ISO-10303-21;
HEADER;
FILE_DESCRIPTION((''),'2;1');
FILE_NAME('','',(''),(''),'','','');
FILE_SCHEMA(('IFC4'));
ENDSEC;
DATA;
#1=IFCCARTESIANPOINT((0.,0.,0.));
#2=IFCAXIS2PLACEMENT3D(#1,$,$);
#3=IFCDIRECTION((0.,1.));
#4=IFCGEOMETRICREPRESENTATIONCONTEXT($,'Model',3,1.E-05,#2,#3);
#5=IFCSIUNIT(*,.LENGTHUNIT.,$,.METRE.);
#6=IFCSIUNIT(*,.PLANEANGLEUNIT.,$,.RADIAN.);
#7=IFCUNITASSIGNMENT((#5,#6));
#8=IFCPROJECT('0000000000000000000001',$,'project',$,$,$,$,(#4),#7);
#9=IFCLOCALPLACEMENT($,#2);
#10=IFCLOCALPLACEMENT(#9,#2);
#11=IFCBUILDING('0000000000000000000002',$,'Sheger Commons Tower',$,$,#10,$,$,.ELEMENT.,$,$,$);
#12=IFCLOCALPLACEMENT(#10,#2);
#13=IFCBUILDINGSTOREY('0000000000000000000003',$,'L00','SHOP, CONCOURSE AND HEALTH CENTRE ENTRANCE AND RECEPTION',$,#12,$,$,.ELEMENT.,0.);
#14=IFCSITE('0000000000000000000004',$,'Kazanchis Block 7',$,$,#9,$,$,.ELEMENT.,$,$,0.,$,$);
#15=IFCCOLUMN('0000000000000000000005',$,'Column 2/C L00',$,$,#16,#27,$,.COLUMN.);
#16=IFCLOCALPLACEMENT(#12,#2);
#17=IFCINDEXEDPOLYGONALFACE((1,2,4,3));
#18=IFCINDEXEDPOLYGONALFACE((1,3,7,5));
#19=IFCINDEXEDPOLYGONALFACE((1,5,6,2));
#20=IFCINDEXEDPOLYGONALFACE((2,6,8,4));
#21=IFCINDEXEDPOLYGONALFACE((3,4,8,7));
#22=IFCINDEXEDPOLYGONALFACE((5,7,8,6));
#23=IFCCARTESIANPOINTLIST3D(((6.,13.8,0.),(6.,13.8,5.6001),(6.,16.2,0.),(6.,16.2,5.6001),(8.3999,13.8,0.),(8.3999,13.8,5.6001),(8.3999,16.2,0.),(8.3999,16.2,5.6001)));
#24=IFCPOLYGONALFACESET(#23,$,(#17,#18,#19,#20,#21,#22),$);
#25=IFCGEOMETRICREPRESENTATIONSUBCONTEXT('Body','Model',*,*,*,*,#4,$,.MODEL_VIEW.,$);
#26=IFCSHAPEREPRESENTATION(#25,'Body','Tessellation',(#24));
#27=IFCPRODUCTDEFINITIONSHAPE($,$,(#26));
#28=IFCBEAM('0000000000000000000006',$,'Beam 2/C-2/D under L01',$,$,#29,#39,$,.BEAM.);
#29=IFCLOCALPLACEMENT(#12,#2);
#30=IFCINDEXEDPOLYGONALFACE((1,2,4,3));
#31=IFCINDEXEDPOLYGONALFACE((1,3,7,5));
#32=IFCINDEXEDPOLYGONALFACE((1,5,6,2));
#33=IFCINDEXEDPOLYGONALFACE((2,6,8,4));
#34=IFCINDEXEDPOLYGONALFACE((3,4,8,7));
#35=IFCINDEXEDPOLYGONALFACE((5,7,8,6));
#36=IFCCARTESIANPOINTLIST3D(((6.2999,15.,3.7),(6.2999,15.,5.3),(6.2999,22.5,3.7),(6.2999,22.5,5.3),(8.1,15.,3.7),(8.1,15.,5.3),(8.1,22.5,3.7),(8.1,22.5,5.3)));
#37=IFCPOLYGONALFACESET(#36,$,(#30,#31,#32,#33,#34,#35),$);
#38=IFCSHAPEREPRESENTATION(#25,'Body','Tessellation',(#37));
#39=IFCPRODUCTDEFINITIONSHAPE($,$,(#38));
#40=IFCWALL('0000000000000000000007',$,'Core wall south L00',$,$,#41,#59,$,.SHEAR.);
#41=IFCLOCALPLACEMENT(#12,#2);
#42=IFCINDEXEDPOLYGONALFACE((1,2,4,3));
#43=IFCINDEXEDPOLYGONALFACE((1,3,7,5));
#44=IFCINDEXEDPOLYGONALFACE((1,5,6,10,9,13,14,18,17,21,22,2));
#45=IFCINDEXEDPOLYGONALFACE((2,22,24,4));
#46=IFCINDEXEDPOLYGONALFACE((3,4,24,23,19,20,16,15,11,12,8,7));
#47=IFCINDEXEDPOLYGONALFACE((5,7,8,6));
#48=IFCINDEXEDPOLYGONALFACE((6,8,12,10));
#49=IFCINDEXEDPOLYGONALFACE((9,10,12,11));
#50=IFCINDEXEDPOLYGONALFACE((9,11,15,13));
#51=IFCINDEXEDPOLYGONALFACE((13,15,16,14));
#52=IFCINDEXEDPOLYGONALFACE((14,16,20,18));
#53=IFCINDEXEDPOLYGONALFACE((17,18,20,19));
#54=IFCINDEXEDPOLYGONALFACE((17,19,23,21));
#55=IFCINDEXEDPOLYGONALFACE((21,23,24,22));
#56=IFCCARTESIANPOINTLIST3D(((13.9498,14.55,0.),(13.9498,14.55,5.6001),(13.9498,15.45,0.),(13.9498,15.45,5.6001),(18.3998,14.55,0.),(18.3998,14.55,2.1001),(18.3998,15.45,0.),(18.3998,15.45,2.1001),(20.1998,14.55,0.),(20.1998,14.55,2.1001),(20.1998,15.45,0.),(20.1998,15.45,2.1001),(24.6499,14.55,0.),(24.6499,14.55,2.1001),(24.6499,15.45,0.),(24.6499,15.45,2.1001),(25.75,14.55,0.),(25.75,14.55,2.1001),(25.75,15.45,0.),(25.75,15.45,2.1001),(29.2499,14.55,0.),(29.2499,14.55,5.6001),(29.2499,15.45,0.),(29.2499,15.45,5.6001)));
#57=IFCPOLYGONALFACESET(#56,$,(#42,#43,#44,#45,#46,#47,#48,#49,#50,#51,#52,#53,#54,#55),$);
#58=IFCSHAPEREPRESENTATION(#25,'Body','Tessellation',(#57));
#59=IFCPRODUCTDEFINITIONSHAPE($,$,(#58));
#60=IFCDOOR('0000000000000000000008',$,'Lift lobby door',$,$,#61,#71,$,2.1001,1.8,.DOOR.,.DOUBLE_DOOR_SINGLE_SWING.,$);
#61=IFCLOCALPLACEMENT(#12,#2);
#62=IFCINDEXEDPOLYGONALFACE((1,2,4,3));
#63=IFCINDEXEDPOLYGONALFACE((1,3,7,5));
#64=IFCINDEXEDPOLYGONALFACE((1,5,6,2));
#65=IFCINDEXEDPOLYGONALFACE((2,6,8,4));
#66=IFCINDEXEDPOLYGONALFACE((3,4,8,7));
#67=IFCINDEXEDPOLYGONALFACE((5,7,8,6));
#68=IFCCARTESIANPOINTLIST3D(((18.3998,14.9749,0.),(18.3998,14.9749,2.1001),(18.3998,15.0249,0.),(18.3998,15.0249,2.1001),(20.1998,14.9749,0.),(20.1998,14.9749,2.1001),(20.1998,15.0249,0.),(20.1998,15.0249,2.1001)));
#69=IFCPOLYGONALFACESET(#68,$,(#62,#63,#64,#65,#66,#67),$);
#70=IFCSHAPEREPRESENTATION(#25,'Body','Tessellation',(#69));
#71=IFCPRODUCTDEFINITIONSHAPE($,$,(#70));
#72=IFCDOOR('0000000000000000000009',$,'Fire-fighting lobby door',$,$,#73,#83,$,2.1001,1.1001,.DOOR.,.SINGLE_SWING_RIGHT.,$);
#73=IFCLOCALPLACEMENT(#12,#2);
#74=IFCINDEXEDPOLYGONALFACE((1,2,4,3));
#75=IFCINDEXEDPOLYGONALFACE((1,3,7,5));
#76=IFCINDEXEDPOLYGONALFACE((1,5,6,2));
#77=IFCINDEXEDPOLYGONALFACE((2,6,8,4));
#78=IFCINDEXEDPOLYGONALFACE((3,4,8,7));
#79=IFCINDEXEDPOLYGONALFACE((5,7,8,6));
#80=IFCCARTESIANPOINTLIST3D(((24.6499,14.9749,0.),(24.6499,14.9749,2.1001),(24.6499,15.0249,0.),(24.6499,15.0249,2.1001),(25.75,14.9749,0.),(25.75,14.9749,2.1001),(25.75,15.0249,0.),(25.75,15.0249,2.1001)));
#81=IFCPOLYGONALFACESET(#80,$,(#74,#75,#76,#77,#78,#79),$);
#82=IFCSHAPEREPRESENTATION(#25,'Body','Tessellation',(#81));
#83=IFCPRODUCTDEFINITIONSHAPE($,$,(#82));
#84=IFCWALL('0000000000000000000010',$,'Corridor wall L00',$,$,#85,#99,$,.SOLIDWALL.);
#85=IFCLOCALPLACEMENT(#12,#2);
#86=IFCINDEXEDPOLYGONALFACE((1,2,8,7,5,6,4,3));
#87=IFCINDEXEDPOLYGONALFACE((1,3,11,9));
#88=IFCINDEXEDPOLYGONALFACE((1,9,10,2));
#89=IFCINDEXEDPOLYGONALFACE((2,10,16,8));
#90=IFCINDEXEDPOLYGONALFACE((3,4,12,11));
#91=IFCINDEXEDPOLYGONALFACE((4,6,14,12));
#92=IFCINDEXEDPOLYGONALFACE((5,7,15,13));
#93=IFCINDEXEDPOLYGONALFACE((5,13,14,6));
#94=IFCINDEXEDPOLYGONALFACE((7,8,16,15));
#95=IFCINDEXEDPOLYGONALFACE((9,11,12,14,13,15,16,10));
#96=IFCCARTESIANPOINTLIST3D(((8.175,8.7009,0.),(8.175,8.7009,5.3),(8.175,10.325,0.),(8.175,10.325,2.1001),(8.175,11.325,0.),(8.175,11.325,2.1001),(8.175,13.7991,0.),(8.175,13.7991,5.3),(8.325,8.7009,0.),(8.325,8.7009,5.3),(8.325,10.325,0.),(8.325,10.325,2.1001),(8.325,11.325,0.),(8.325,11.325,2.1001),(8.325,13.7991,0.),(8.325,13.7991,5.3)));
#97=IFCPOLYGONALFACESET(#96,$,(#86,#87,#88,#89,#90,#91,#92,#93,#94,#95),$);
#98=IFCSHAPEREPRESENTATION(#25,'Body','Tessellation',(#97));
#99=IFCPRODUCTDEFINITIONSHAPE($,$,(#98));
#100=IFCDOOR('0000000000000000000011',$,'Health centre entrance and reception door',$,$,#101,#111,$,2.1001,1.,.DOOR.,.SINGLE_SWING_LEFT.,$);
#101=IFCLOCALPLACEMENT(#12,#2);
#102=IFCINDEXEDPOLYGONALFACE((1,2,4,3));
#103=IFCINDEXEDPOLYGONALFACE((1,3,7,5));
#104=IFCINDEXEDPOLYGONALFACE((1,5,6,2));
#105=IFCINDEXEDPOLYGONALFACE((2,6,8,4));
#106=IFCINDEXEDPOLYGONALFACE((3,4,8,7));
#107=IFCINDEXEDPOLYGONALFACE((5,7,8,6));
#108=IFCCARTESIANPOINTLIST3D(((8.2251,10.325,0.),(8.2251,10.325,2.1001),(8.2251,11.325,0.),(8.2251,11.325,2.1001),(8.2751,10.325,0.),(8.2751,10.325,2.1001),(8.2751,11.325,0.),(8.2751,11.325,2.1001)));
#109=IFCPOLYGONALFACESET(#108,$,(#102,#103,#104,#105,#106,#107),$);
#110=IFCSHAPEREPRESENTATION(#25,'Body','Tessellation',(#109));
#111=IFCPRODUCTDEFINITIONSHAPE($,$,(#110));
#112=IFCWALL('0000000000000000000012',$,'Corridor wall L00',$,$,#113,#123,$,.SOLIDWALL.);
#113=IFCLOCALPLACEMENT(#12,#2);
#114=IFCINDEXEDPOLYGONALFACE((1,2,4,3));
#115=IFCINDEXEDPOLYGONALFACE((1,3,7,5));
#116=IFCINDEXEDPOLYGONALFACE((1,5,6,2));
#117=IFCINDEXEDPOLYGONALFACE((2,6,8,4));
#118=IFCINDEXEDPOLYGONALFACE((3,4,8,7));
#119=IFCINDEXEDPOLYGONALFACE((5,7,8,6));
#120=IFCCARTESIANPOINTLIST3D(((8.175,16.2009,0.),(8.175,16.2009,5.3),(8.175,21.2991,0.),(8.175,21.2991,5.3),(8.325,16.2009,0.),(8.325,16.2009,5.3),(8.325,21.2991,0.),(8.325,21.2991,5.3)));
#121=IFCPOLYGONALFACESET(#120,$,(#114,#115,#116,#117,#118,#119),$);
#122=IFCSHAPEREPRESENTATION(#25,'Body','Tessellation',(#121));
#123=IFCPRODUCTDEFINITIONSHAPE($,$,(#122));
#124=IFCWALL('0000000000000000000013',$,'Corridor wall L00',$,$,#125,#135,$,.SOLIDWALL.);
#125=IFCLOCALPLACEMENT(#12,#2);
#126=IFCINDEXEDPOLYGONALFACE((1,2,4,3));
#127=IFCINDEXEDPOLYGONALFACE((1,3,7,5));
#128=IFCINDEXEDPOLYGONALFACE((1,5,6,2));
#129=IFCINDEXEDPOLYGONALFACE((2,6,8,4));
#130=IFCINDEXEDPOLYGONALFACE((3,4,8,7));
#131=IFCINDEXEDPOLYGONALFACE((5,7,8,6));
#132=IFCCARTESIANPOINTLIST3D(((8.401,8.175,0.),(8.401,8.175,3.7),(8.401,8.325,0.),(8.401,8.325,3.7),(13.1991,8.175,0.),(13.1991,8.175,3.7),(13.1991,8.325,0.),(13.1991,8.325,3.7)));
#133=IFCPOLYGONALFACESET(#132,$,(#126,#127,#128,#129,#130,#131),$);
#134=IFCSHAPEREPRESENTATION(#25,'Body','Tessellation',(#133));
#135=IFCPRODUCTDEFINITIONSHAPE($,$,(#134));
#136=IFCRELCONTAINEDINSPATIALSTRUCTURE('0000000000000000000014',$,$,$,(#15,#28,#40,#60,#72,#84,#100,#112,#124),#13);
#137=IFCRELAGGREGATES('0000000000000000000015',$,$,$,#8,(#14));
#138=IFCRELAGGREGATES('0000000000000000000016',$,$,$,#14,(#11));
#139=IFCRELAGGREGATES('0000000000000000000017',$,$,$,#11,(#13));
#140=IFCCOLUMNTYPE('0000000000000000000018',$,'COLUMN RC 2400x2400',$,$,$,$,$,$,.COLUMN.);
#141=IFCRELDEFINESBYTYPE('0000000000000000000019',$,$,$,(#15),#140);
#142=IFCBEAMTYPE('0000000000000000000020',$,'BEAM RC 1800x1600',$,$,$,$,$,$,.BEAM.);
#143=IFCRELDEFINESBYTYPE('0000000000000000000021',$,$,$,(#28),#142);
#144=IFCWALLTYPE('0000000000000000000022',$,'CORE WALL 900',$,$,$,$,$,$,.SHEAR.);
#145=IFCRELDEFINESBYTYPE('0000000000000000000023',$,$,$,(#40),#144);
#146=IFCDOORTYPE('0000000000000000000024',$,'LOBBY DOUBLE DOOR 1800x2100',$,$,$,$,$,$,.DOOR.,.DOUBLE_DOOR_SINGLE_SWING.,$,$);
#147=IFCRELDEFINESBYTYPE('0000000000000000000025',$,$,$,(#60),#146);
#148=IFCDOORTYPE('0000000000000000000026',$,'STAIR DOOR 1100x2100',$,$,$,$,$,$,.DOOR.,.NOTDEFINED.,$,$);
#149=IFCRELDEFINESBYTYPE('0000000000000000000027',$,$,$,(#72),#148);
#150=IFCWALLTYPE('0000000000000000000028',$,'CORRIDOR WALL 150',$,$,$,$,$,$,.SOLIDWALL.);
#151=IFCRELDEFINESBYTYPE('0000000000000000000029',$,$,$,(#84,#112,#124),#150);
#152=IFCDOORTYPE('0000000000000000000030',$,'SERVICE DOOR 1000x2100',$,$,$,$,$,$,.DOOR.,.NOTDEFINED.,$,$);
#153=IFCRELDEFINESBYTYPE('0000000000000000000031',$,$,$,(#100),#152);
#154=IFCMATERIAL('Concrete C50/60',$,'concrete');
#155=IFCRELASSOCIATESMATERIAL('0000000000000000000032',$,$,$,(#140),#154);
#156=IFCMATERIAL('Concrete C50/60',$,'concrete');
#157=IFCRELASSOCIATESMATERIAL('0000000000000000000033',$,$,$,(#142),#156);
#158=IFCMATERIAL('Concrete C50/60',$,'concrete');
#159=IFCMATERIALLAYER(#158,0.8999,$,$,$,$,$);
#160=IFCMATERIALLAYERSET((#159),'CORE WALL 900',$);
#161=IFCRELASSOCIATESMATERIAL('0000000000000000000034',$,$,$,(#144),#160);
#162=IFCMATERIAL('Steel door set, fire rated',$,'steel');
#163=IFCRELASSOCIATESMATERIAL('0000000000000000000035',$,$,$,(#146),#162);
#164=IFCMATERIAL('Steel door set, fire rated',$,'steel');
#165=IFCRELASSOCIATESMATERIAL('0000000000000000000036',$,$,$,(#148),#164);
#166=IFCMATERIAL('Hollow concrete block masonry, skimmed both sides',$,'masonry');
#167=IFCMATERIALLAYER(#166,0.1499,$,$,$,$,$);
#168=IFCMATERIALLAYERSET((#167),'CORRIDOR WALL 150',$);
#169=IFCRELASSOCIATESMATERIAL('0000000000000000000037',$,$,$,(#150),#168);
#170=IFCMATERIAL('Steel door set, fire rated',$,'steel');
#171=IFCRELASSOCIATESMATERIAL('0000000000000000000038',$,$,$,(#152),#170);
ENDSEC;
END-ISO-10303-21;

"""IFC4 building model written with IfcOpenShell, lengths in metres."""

from ifc_helpers import new_model, si_unit, direction, frame, frame_2d, origin, origin_2d, place, context, subcontext, project, spatial, rectangle, extrude, material, layer, layer_set, material_profile, profile_set, type_object, element, fill, save


model = new_model("IFC4")

# Units and contexts
model_context = context("Model", 3, precision=1e-05, world=origin(), true_north=direction((0.0, 1.0)))
body_context = subcontext(model_context, "Body", "Model", "MODEL_VIEW")
ifc_project = project(units=[si_unit("LENGTHUNIT", "METRE"), si_unit("PLANEANGLEUNIT", "RADIAN")], contexts=[model_context])

# Site, building, storey
site_placement = place(None, origin())
site = spatial("IfcSite", under=ifc_project, at=site_placement, Name="Kazanchis Block 7", CompositionType="ELEMENT", RefElevation=0.0)
building_placement = place(site_placement, origin())
building = spatial("IfcBuilding", under=site, at=building_placement, Name="Sheger Commons Tower", CompositionType="ELEMENT")
storey_placement = place(building_placement, origin())
storey = spatial("IfcBuildingStorey", under=building, at=storey_placement, Name="L00", Description="SHOP, CONCOURSE AND HEALTH CENTRE ENTRANCE AND RECEPTION", CompositionType="ELEMENT", Elevation=0.0)

# Column
ifc_material_1 = material(Name="Concrete C50/60", Category="concrete")
ifc_material_profile_1 = material_profile(ifc_material_1, rectangle(XDim=2.3999, YDim=2.3999, at=origin_2d()), Name="RC 2400x2400")
ifc_profile_set_1 = profile_set([ifc_material_profile_1], Name="Concrete C50/60")
column_type = type_object("IfcColumnType", Name="COLUMN RC 2400x2400", PredefinedType="COLUMN", material=ifc_profile_set_1)
column_placement = place(storey_placement, frame((7.2, 15.0, 0.0), z_axis=(0.0, 0.0, 1.0), x_axis=(1.0, 0.0, 0.0)))
element("IfcColumn", 1, at=column_placement, inside=storey, type_object=column_type, Name="Column 2/C L00", PredefinedType="COLUMN", context=body_context, shape_type="SweptSolid", body=[
    extrude(rectangle(XDim=2.3999, YDim=2.3999, at=origin_2d()), origin(), (0.0, 0.0, 1.0), 5.6001),
])

# Beam
ifc_material_2 = material(Name="Concrete C50/60", Category="concrete")
ifc_material_profile_2 = material_profile(ifc_material_2, rectangle(XDim=1.8, YDim=1.6001, at=origin_2d()), Name="RC 1800x1600")
ifc_profile_set_2 = profile_set([ifc_material_profile_2], Name="Concrete C50/60")
beam_type = type_object("IfcBeamType", Name="BEAM RC 1800x1600", PredefinedType="BEAM", material=ifc_profile_set_2)
beam_placement = place(storey_placement, frame((7.2, 15.0, 4.5), z_axis=(0.0, 1.0, 0.0), x_axis=(-1.0, 0.0, 0.0)))
element("IfcBeam", 2, at=beam_placement, inside=storey, type_object=beam_type, Name="Beam 2/C-2/D under L01", PredefinedType="BEAM", context=body_context, shape_type="SweptSolid", body=[
    extrude(rectangle(XDim=1.8, YDim=1.6001, at=origin_2d()), origin(), (0.0, 0.0, 1.0), 7.5),
])

# Wall, openings, doors
ifc_material_3 = material(Name="Concrete C50/60", Category="concrete")
ifc_layer_1 = layer(ifc_material_3, 0.8999)
ifc_layer_set_1 = layer_set([ifc_layer_1], Name="CORE WALL 900")
wall_type_1 = type_object("IfcWallType", Name="CORE WALL 900", PredefinedType="SHEAR", material=ifc_layer_set_1)
wall_1_placement = place(storey_placement, frame((13.95, 15.0, 0.0), z_axis=(0.0, 0.0, 1.0), x_axis=(1.0, 0.0, 0.0)))
wall_1 = element("IfcWall", 3, at=wall_1_placement, inside=storey, type_object=wall_type_1, Name="Core wall south L00", PredefinedType="SHEAR", context=body_context, shape_type="SweptSolid", body=[
    extrude(rectangle(XDim=15.3, YDim=0.8999, at=frame_2d((7.6499, 0.0))), origin(), (0.0, 0.0, 1.0), 5.6001),
])
opening_1_placement = place(wall_1_placement, frame((4.45, 0.0, 0.0)))
opening_1 = element("IfcOpeningElement", 4, at=opening_1_placement, cuts=wall_1, PredefinedType="OPENING", context=body_context, shape_type="SweptSolid", body=[
    extrude(rectangle(XDim=1.8, YDim=2.1001, at=frame_2d((0.8999, 1.05))), frame((0.0, 0.46, 0.0), z_axis=(0.0, -1.0, 0.0), x_axis=(1.0, 0.0, 0.0)), (0.0, 0.0, 1.0), 0.9199),
])
opening_2_placement = place(wall_1_placement, frame((10.7, 0.0, 0.0)))
opening_2 = element("IfcOpeningElement", 5, at=opening_2_placement, cuts=wall_1, PredefinedType="OPENING", context=body_context, shape_type="SweptSolid", body=[
    extrude(rectangle(XDim=1.1001, YDim=2.1001, at=frame_2d((0.55, 1.05))), frame((0.0, 0.46, 0.0), z_axis=(0.0, -1.0, 0.0), x_axis=(1.0, 0.0, 0.0)), (0.0, 0.0, 1.0), 0.9199),
])
ifc_material_4 = material(Name="Steel door set, fire rated", Category="steel")
door_type_1 = type_object("IfcDoorType", Name="LOBBY DOUBLE DOOR 1800x2100", OperationType="DOUBLE_DOOR_SINGLE_SWING", PredefinedType="DOOR", material=ifc_material_4)
door_1_placement = place(opening_1_placement, origin())
door_1 = element("IfcDoor", 6, at=door_1_placement, inside=storey, type_object=door_type_1, Name="Lift lobby door", OperationType="DOUBLE_DOOR_SINGLE_SWING", OverallHeight=2.1001, OverallWidth=1.8, PredefinedType="DOOR", context=body_context, shape_type="SweptSolid", body=[
    extrude(rectangle(XDim=1.8, YDim=2.1001, at=frame_2d((0.8999, 1.05))), frame((0.0, 0.0249, 0.0), z_axis=(0.0, -1.0, 0.0), x_axis=(1.0, 0.0, 0.0)), (0.0, 0.0, 1.0), 0.05),
])
fill(opening_1, door_1)
ifc_material_5 = material(Name="Steel door set, fire rated", Category="steel")
door_type_2 = type_object("IfcDoorType", Name="STAIR DOOR 1100x2100", OperationType="NOTDEFINED", PredefinedType="DOOR", material=ifc_material_5)
door_2_placement = place(opening_2_placement, origin())
door_2 = element("IfcDoor", 7, at=door_2_placement, inside=storey, type_object=door_type_2, Name="Fire-fighting lobby door", OperationType="SINGLE_SWING_RIGHT", OverallHeight=2.1001, OverallWidth=1.1001, PredefinedType="DOOR", context=body_context, shape_type="SweptSolid", body=[
    extrude(rectangle(XDim=1.1001, YDim=2.1001, at=frame_2d((0.55, 1.05))), frame((0.0, 0.0249, 0.0), z_axis=(0.0, -1.0, 0.0), x_axis=(1.0, 0.0, 0.0)), (0.0, 0.0, 1.0), 0.05),
])
fill(opening_2, door_2)

# Wall, opening, door
ifc_material_6 = material(Name="Hollow concrete block masonry, skimmed both sides", Category="masonry")
ifc_layer_2 = layer(ifc_material_6, 0.1499)
ifc_layer_set_2 = layer_set([ifc_layer_2], Name="CORRIDOR WALL 150")
wall_type_2 = type_object("IfcWallType", Name="CORRIDOR WALL 150", PredefinedType="SOLIDWALL", material=ifc_layer_set_2)
wall_2_placement = place(storey_placement, frame((8.25, 8.7009, 0.0), z_axis=(0.0, 0.0, 1.0), x_axis=(0.0, 1.0, 0.0)))
wall_2 = element("IfcWall", 8, at=wall_2_placement, inside=storey, type_object=wall_type_2, Name="Corridor wall L00", PredefinedType="SOLIDWALL", context=body_context, shape_type="SweptSolid", body=[
    extrude(rectangle(XDim=5.0981, YDim=0.1499, at=frame_2d((2.5491, 0.0))), origin(), (0.0, 0.0, 1.0), 5.3),
])
opening_3_placement = place(wall_2_placement, frame((1.624, 0.0, 0.0)))
opening_3 = element("IfcOpeningElement", 9, at=opening_3_placement, cuts=wall_2, PredefinedType="OPENING", context=body_context, shape_type="SweptSolid", body=[
    extrude(rectangle(XDim=1.0, YDim=2.1001, at=frame_2d((0.5, 1.05))), frame((0.0, 0.085, 0.0), z_axis=(0.0, -1.0, 0.0), x_axis=(1.0, 0.0, 0.0)), (0.0, 0.0, 1.0), 0.1699),
])
ifc_material_7 = material(Name="Steel door set, fire rated", Category="steel")
door_type_3 = type_object("IfcDoorType", Name="SERVICE DOOR 1000x2100", OperationType="NOTDEFINED", PredefinedType="DOOR", material=ifc_material_7)
door_3_placement = place(opening_3_placement, origin())
door_3 = element("IfcDoor", 10, at=door_3_placement, inside=storey, type_object=door_type_3, Name="Health centre entrance and reception door", OperationType="SINGLE_SWING_LEFT", OverallHeight=2.1001, OverallWidth=1.0, PredefinedType="DOOR", context=body_context, shape_type="SweptSolid", body=[
    extrude(rectangle(XDim=1.0, YDim=2.1001, at=frame_2d((0.5, 1.05))), frame((0.0, 0.0249, 0.0), z_axis=(0.0, -1.0, 0.0), x_axis=(1.0, 0.0, 0.0)), (0.0, 0.0, 1.0), 0.05),
])
fill(opening_3, door_3)

# Walls
wall_3_placement = place(storey_placement, frame((8.25, 16.2009, 0.0), z_axis=(0.0, 0.0, 1.0), x_axis=(0.0, 1.0, 0.0)))
element("IfcWall", 11, at=wall_3_placement, inside=storey, type_object=wall_type_2, Name="Corridor wall L00", PredefinedType="SOLIDWALL", context=body_context, shape_type="SweptSolid", body=[
    extrude(rectangle(XDim=5.0981, YDim=0.1499, at=frame_2d((2.5491, 0.0))), origin(), (0.0, 0.0, 1.0), 5.3),
])
wall_4_placement = place(storey_placement, frame((13.199, 8.25, 0.0), z_axis=(0.0, 0.0, 1.0), x_axis=(-1.0, 0.0, 0.0)))
element("IfcWall", 12, at=wall_4_placement, inside=storey, type_object=wall_type_2, Name="Corridor wall L00", PredefinedType="SOLIDWALL", context=body_context, shape_type="SweptSolid", body=[
    extrude(rectangle(XDim=4.7981, YDim=0.1499, at=frame_2d((2.3989, 0.0))), origin(), (0.0, 0.0, 1.0), 3.7),
])

save(model, "model.ifc")
